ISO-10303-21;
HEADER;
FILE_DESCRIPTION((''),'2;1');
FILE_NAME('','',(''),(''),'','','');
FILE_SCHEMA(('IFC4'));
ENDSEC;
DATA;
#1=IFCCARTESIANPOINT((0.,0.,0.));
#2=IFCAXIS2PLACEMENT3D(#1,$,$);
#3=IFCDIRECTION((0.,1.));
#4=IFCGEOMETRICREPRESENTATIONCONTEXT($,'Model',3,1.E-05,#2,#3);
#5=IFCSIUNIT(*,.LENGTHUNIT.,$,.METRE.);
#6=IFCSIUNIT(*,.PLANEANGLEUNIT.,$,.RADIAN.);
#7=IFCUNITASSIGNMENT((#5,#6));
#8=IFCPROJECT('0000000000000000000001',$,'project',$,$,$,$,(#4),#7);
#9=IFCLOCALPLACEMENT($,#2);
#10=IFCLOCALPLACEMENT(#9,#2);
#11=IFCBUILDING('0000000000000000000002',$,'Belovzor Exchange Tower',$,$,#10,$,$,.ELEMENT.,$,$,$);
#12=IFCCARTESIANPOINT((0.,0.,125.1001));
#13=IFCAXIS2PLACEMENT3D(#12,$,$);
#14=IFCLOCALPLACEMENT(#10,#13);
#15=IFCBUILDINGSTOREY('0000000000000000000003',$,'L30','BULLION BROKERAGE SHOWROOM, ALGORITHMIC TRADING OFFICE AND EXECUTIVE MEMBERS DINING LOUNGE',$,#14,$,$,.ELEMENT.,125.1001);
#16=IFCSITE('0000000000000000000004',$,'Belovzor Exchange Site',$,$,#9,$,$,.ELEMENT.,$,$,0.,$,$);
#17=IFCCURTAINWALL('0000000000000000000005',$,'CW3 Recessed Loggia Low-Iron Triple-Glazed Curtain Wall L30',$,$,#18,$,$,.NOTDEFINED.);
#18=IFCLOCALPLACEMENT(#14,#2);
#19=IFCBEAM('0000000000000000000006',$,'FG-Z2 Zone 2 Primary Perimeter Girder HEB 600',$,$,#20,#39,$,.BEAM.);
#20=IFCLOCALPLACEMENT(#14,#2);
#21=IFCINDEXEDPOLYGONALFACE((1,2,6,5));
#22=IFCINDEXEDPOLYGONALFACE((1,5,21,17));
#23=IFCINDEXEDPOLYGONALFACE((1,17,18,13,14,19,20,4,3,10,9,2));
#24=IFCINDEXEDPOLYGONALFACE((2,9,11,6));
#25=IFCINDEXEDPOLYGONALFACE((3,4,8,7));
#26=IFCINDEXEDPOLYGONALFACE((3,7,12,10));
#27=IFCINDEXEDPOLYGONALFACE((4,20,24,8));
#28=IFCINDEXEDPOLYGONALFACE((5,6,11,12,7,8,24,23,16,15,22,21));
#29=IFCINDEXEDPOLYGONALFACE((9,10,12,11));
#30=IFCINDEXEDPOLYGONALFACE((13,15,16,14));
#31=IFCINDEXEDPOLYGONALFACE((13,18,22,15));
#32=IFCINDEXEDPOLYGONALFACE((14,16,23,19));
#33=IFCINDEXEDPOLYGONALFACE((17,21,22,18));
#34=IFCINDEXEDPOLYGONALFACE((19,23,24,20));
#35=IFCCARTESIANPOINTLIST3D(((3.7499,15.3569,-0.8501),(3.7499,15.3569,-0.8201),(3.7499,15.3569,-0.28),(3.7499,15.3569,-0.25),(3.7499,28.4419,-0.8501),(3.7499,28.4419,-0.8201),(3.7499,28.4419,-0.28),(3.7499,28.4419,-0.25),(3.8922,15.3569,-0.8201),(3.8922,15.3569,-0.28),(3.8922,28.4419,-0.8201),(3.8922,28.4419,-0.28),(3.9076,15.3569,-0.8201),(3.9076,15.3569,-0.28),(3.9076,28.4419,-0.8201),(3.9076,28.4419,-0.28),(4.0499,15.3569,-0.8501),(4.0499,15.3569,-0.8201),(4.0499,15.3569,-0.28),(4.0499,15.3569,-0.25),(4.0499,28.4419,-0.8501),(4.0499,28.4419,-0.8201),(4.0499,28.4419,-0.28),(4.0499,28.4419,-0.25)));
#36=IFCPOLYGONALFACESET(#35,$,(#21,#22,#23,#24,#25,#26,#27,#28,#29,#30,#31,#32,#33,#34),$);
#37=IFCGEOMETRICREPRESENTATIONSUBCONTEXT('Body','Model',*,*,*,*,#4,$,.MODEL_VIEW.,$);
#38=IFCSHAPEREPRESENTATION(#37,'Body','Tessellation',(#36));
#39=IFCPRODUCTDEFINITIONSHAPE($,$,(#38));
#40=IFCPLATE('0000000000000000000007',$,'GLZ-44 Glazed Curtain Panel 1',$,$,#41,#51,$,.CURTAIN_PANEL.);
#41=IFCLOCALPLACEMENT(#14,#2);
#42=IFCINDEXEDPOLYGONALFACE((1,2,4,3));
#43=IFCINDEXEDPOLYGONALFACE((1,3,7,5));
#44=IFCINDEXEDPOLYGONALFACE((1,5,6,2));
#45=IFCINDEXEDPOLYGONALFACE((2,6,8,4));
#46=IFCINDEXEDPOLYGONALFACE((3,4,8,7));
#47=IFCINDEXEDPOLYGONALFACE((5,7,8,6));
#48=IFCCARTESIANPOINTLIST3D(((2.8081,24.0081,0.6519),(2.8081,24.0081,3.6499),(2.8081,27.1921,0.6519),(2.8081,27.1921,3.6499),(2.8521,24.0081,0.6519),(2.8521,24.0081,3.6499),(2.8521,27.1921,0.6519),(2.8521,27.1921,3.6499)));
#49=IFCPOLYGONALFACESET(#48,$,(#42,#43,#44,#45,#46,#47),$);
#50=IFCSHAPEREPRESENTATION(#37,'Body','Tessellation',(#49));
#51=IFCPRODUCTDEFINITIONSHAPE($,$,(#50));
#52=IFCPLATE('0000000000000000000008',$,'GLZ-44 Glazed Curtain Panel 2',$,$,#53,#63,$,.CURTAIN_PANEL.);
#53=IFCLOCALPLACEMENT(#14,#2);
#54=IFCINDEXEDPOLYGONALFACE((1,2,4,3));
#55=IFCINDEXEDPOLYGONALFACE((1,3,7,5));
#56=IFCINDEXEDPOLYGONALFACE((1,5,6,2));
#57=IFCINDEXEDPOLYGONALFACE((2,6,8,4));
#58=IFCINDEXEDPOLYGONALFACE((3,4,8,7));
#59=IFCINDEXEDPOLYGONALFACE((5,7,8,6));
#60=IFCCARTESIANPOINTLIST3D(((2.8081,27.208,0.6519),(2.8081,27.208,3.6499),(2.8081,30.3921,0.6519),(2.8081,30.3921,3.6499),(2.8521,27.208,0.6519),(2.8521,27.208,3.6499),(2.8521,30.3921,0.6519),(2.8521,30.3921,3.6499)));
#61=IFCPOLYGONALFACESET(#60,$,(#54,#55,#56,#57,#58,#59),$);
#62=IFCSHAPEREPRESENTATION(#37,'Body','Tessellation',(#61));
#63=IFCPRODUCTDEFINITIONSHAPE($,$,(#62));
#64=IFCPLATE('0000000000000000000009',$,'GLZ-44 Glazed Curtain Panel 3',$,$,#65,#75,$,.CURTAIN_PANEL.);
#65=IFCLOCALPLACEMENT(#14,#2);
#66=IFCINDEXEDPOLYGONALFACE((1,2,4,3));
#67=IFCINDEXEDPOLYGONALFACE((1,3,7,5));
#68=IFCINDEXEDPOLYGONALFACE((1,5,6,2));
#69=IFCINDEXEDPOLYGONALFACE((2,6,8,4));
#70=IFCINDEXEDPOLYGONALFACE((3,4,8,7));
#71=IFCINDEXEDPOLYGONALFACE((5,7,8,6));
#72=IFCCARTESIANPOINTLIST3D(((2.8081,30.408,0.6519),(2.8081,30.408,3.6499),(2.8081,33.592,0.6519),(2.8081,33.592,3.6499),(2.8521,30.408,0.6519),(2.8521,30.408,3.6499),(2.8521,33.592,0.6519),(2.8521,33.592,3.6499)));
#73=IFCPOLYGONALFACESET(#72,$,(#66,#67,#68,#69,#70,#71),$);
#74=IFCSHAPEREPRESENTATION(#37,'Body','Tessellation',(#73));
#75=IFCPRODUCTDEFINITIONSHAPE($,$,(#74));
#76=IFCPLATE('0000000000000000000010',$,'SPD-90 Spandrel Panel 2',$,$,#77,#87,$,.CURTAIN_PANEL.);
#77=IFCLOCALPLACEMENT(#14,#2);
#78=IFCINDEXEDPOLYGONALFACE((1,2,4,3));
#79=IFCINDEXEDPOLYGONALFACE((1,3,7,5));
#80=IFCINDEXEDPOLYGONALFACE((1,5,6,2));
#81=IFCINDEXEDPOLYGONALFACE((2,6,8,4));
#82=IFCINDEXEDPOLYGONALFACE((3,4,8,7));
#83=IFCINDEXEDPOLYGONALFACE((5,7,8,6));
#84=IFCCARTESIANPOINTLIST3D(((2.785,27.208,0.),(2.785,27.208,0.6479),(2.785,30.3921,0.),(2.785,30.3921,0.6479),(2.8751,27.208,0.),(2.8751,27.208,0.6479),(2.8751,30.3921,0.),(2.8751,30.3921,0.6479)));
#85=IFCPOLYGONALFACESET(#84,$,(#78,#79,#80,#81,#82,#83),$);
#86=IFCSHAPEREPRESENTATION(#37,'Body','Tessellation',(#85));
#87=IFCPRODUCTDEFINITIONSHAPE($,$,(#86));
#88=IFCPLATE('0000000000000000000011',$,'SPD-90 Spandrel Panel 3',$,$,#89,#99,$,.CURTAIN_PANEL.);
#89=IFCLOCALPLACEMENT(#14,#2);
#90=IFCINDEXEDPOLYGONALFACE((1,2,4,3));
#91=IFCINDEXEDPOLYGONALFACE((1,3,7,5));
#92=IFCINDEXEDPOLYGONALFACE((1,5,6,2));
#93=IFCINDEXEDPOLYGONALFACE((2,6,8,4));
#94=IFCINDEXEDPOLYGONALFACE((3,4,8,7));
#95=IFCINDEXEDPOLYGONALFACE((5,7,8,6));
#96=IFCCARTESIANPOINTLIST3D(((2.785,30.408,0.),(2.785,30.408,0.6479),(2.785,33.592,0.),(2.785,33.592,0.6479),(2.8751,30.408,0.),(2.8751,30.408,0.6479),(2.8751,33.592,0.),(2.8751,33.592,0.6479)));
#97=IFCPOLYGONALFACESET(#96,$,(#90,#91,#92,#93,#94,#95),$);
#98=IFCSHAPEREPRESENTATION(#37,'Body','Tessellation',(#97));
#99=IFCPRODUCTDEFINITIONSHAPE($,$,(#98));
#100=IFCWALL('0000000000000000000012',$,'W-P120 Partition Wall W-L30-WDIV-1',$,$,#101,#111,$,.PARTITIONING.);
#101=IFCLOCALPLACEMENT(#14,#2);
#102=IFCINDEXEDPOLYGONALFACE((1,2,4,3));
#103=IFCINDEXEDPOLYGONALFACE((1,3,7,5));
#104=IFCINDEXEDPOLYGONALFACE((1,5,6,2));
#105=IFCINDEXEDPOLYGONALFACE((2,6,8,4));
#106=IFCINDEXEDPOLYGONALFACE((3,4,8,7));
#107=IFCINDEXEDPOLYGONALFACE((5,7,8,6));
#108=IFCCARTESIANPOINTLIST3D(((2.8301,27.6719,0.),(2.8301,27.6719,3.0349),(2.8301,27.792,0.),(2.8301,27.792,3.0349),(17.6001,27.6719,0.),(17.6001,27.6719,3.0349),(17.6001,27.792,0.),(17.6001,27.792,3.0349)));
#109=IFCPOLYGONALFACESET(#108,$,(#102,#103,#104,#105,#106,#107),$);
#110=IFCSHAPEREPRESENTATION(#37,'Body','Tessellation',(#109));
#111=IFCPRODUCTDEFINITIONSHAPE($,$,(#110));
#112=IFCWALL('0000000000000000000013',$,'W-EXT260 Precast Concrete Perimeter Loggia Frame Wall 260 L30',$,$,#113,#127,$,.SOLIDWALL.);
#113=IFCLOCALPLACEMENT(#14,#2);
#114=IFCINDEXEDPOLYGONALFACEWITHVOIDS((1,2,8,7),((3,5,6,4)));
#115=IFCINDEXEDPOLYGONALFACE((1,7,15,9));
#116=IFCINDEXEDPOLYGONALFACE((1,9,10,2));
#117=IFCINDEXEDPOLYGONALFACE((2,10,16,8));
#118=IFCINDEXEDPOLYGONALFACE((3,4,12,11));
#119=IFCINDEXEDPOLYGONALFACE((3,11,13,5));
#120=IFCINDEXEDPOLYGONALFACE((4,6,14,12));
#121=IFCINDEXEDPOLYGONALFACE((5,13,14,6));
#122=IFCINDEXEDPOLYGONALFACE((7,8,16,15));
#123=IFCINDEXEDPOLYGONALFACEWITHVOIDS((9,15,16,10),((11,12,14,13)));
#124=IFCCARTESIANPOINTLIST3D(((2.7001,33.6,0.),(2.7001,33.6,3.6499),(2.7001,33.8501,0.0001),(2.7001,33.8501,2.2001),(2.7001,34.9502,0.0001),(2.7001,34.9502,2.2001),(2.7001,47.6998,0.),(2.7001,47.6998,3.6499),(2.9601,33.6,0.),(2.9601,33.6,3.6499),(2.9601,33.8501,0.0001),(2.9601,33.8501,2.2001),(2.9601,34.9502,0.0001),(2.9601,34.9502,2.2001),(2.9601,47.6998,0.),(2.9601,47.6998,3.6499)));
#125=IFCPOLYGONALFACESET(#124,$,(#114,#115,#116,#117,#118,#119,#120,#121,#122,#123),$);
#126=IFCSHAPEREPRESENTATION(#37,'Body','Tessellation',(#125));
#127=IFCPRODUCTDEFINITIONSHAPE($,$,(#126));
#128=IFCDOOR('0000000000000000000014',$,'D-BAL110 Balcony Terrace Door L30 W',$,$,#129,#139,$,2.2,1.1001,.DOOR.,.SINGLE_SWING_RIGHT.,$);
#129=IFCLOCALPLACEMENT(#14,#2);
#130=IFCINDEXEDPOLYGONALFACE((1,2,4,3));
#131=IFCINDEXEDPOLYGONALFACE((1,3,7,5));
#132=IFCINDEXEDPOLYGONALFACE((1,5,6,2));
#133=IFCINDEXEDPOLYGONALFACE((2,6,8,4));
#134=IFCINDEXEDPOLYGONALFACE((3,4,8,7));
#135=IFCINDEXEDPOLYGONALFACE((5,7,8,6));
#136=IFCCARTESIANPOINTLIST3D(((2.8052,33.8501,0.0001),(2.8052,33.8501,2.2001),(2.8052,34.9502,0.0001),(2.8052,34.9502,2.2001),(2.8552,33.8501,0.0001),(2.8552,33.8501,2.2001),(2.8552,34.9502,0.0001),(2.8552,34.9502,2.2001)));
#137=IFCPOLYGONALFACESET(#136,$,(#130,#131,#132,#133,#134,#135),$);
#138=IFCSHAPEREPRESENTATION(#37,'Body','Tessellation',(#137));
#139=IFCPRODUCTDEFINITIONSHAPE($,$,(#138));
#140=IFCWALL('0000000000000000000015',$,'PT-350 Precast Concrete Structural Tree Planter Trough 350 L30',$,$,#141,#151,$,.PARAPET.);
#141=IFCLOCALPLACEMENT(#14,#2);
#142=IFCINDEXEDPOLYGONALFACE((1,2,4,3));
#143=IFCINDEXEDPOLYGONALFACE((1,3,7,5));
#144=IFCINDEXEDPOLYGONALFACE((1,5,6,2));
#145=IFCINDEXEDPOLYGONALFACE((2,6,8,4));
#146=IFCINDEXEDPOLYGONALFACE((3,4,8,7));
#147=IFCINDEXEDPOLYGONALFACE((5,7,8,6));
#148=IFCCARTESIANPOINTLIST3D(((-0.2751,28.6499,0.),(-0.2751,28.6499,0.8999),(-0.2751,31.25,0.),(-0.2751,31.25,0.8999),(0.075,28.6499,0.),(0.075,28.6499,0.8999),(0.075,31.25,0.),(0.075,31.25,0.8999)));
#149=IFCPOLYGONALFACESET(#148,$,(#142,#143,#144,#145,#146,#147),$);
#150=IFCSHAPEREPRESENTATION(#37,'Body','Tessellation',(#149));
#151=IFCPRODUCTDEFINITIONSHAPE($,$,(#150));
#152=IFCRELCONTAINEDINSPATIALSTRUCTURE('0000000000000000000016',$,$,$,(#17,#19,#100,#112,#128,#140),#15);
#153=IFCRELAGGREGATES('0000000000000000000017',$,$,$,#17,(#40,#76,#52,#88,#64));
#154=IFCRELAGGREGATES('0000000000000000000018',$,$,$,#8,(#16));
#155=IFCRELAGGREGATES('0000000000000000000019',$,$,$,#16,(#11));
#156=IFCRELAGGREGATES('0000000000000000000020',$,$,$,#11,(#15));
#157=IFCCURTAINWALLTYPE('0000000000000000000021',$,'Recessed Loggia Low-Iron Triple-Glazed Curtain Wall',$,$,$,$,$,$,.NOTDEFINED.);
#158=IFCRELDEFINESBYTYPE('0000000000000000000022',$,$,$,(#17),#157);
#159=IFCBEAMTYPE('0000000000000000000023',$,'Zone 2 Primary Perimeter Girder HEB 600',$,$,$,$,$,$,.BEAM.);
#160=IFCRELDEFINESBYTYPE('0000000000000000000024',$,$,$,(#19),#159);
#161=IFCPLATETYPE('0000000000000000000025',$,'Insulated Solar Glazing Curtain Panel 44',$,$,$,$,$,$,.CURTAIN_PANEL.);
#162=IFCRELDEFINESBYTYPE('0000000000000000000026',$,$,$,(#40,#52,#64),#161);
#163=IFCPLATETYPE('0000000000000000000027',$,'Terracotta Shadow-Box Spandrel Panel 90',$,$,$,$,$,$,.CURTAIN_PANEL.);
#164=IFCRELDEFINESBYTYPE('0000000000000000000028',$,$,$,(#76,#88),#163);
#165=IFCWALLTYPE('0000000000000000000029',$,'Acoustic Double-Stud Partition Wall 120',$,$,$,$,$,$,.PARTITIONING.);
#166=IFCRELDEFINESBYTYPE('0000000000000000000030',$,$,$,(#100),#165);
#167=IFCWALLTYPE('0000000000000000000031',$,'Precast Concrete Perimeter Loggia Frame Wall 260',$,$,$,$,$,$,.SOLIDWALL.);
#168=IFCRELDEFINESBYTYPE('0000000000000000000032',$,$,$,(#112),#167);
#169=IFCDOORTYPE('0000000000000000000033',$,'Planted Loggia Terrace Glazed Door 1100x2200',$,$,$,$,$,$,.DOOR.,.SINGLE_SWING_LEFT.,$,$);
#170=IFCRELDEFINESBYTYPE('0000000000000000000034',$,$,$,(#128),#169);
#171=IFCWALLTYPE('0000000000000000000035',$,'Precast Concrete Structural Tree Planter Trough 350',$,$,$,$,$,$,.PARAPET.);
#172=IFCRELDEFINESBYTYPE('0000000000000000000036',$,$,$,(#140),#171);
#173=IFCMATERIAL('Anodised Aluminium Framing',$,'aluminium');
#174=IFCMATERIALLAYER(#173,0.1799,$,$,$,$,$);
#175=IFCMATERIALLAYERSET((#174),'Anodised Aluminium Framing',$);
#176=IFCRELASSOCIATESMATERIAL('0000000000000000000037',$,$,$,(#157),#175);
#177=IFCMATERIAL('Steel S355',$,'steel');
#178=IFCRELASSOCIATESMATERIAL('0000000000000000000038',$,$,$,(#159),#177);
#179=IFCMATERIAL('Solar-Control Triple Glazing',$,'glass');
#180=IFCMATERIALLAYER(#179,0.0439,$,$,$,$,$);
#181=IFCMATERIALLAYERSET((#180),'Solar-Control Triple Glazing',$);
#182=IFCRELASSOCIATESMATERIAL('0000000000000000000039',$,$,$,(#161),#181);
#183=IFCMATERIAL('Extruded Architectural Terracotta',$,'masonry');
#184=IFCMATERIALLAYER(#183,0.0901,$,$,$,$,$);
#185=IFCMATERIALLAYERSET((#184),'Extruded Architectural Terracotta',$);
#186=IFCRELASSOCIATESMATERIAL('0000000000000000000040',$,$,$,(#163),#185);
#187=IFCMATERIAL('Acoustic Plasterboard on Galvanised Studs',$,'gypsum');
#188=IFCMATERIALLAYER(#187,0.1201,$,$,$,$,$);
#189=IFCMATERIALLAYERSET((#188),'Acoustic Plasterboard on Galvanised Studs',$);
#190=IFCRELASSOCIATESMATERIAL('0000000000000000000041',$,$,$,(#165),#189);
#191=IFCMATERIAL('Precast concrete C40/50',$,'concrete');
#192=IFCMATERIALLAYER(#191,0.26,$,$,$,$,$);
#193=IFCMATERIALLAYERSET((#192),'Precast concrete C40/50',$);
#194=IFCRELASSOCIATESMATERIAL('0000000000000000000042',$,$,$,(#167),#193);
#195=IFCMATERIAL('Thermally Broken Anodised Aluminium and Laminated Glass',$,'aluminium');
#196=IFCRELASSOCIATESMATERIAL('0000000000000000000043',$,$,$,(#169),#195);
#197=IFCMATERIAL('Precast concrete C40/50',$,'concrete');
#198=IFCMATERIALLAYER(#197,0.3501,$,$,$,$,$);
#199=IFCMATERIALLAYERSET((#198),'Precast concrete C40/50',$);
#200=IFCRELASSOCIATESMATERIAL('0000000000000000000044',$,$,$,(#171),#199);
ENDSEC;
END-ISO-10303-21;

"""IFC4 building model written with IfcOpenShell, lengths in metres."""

from ifc_helpers import new_model, si_unit, direction, frame, frame_2d, origin, origin_2d, place, context, subcontext, project, spatial, rectangle, i_section, extrude, material, layer, layer_set, material_profile, profile_set, type_object, element, fill, aggregate, save


model = new_model("IFC4")

# Units and contexts
model_context = context("Model", 3, precision=1e-05, world=origin(), true_north=direction((0.0, 1.0)))
body_context = subcontext(model_context, "Body", "Model", "MODEL_VIEW")
ifc_project = project(units=[si_unit("LENGTHUNIT", "METRE"), si_unit("PLANEANGLEUNIT", "RADIAN")], contexts=[model_context])

# Site, building, storey
site_placement = place(None, origin())
site = spatial("IfcSite", under=ifc_project, at=site_placement, Name="Belovzor Exchange Site", CompositionType="ELEMENT", RefElevation=0.0)
building_placement = place(site_placement, origin())
building = spatial("IfcBuilding", under=site, at=building_placement, Name="Belovzor Exchange Tower", CompositionType="ELEMENT")
storey_placement = place(building_placement, frame((0.0, 0.0, 125.1001)))
storey = spatial("IfcBuildingStorey", under=building, at=storey_placement, Name="L30", Description="BULLION BROKERAGE SHOWROOM, ALGORITHMIC TRADING OFFICE AND EXECUTIVE MEMBERS DINING LOUNGE", CompositionType="ELEMENT", Elevation=125.1001)

# Curtain wall
ifc_material_1 = material(Name="Anodised Aluminium Framing", Category="aluminium")
ifc_layer_1 = layer(ifc_material_1, 0.1799)
ifc_layer_set_1 = layer_set([ifc_layer_1], Name="Anodised Aluminium Framing")
curtain_wall_type = type_object("IfcCurtainWallType", Name="Recessed Loggia Low-Iron Triple-Glazed Curtain Wall", PredefinedType="NOTDEFINED", material=ifc_layer_set_1)
curtain_wall_placement = place(storey_placement, origin())
curtain_wall = element("IfcCurtainWall", 1, at=curtain_wall_placement, inside=storey, type_object=curtain_wall_type, Name="CW3 Recessed Loggia Low-Iron Triple-Glazed Curtain Wall L30", PredefinedType="NOTDEFINED")

# Beam
ifc_material_2 = material(Name="Steel S355", Category="steel")
ifc_material_profile_1 = material_profile(ifc_material_2, i_section(OverallWidth=0.3, OverallDepth=0.6001, WebThickness=0.0154, FlangeThickness=0.03, at=origin_2d()))
ifc_profile_set_1 = profile_set([ifc_material_profile_1], Name="Steel S355")
beam_type_1 = type_object("IfcBeamType", Name="Zone 2 Primary Perimeter Girder HEB 600", PredefinedType="BEAM", material=ifc_profile_set_1)
beam_1_placement = place(storey_placement, frame((3.8999, 28.4419, -0.55), z_axis=(0.0, -1.0, 0.0), x_axis=(1.0, 0.0, 0.0)))
element("IfcBeam", 2, at=beam_1_placement, inside=storey, type_object=beam_type_1, Name="FG-Z2 Zone 2 Primary Perimeter Girder HEB 600", PredefinedType="BEAM", context=body_context, shape_type="SweptSolid", body=[
    extrude(i_section(OverallWidth=0.3, OverallDepth=0.6001, WebThickness=0.0154, FlangeThickness=0.03, at=origin_2d()), origin(), (0.0, 0.0, 1.0), 13.085),
])

# Plates
ifc_material_3 = material(Name="Solar-Control Triple Glazing", Category="glass")
ifc_layer_2 = layer(ifc_material_3, 0.0439)
ifc_layer_set_2 = layer_set([ifc_layer_2], Name="Solar-Control Triple Glazing")
plate_type_1 = type_object("IfcPlateType", Name="Insulated Solar Glazing Curtain Panel 44", PredefinedType="CURTAIN_PANEL", material=ifc_layer_set_2)
plate_1_placement = place(storey_placement, frame((2.8301, 25.6001, 0.6519), z_axis=(0.0, 0.0, 1.0), x_axis=(0.0, 1.0, 0.0)))
plate_1 = element("IfcPlate", 3, at=plate_1_placement, type_object=plate_type_1, Name="GLZ-44 Glazed Curtain Panel 1", PredefinedType="CURTAIN_PANEL", context=body_context, shape_type="SweptSolid", body=[
    extrude(rectangle(XDim=3.1841, YDim=0.0439, at=origin_2d()), origin(), (0.0, 0.0, 1.0), 2.998),
])
plate_2_placement = place(storey_placement, frame((2.8301, 28.8, 0.6519), z_axis=(0.0, 0.0, 1.0), x_axis=(0.0, 1.0, 0.0)))
plate_2 = element("IfcPlate", 4, at=plate_2_placement, type_object=plate_type_1, Name="GLZ-44 Glazed Curtain Panel 2", PredefinedType="CURTAIN_PANEL", context=body_context, shape_type="SweptSolid", body=[
    extrude(rectangle(XDim=3.1841, YDim=0.0439, at=origin_2d()), origin(), (0.0, 0.0, 1.0), 2.998),
])
plate_3_placement = place(storey_placement, frame((2.8301, 32.0, 0.6519), z_axis=(0.0, 0.0, 1.0), x_axis=(0.0, 1.0, 0.0)))
plate_3 = element("IfcPlate", 5, at=plate_3_placement, type_object=plate_type_1, Name="GLZ-44 Glazed Curtain Panel 3", PredefinedType="CURTAIN_PANEL", context=body_context, shape_type="SweptSolid", body=[
    extrude(rectangle(XDim=3.1841, YDim=0.0439, at=origin_2d()), origin(), (0.0, 0.0, 1.0), 2.998),
])
ifc_material_4 = material(Name="Extruded Architectural Terracotta", Category="masonry")
ifc_layer_3 = layer(ifc_material_4, 0.0901)
ifc_layer_set_3 = layer_set([ifc_layer_3], Name="Extruded Architectural Terracotta")
plate_type_2 = type_object("IfcPlateType", Name="Terracotta Shadow-Box Spandrel Panel 90", PredefinedType="CURTAIN_PANEL", material=ifc_layer_set_3)
plate_4_placement = place(storey_placement, frame((2.8301, 28.8, 0.0), z_axis=(0.0, 0.0, 1.0), x_axis=(0.0, 1.0, 0.0)))
plate_4 = element("IfcPlate", 6, at=plate_4_placement, type_object=plate_type_2, Name="SPD-90 Spandrel Panel 2", PredefinedType="CURTAIN_PANEL", context=body_context, shape_type="SweptSolid", body=[
    extrude(rectangle(XDim=3.1841, YDim=0.0901, at=origin_2d()), origin(), (0.0, 0.0, 1.0), 0.6479),
])
plate_5_placement = place(storey_placement, frame((2.8301, 32.0, 0.0), z_axis=(0.0, 0.0, 1.0), x_axis=(0.0, 1.0, 0.0)))
plate_5 = element("IfcPlate", 7, at=plate_5_placement, type_object=plate_type_2, Name="SPD-90 Spandrel Panel 3", PredefinedType="CURTAIN_PANEL", context=body_context, shape_type="SweptSolid", body=[
    extrude(rectangle(XDim=3.1841, YDim=0.0901, at=origin_2d()), origin(), (0.0, 0.0, 1.0), 0.6479),
])
aggregate(curtain_wall, [plate_1, plate_4, plate_2, plate_5, plate_3])

# Wall
ifc_material_5 = material(Name="Acoustic Plasterboard on Galvanised Studs", Category="gypsum")
ifc_layer_4 = layer(ifc_material_5, 0.1201)
ifc_layer_set_4 = layer_set([ifc_layer_4], Name="Acoustic Plasterboard on Galvanised Studs")
wall_type_1 = type_object("IfcWallType", Name="Acoustic Double-Stud Partition Wall 120", PredefinedType="PARTITIONING", material=ifc_layer_set_4)
wall_1_placement = place(storey_placement, frame((2.8301, 27.7319, 0.0), z_axis=(0.0, 0.0, 1.0), x_axis=(1.0, 0.0, 0.0)))
element("IfcWall", 8, at=wall_1_placement, inside=storey, type_object=wall_type_1, Name="W-P120 Partition Wall W-L30-WDIV-1", PredefinedType="PARTITIONING", context=body_context, shape_type="SweptSolid", body=[
    extrude(rectangle(XDim=14.77, YDim=0.1201, at=frame_2d((7.385, 0.0))), origin(), (0.0, 0.0, 1.0), 3.0349),
])

# Wall, opening, door
ifc_material_6 = material(Name="Precast concrete C40/50", Category="concrete")
ifc_layer_5 = layer(ifc_material_6, 0.26)
ifc_layer_set_5 = layer_set([ifc_layer_5], Name="Precast concrete C40/50")
wall_type_2 = type_object("IfcWallType", Name="Precast Concrete Perimeter Loggia Frame Wall 260", PredefinedType="SOLIDWALL", material=ifc_layer_set_5)
wall_2_placement = place(storey_placement, frame((2.8301, 33.6001, 0.0), z_axis=(0.0, 0.0, 1.0), x_axis=(0.0, 1.0, 0.0)))
wall_2 = element("IfcWall", 9, at=wall_2_placement, inside=storey, type_object=wall_type_2, Name="W-EXT260 Precast Concrete Perimeter Loggia Frame Wall 260 L30", PredefinedType="SOLIDWALL", context=body_context, shape_type="SweptSolid", body=[
    extrude(rectangle(XDim=14.0999, YDim=0.26, at=frame_2d((7.0498, 0.0))), origin(), (0.0, 0.0, 1.0), 3.6499),
])
opening_placement = place(wall_2_placement, frame((0.25, 0.0, 0.0)))
opening = element("IfcOpeningElement", 10, at=opening_placement, cuts=wall_2, PredefinedType="OPENING", context=body_context, shape_type="SweptSolid", body=[
    extrude(rectangle(XDim=1.1001, YDim=2.2, at=frame_2d((0.55, 1.1001))), frame((0.0, 0.1399, 0.0), z_axis=(0.0, -1.0, 0.0), x_axis=(1.0, 0.0, 0.0)), (0.0, 0.0, 1.0), 0.28),
])
ifc_material_7 = material(Name="Thermally Broken Anodised Aluminium and Laminated Glass", Category="aluminium")
door_type = type_object("IfcDoorType", Name="Planted Loggia Terrace Glazed Door 1100x2200", OperationType="SINGLE_SWING_LEFT", PredefinedType="DOOR", material=ifc_material_7)
door_placement = place(opening_placement, origin())
door = element("IfcDoor", 11, at=door_placement, inside=storey, type_object=door_type, Name="D-BAL110 Balcony Terrace Door L30 W", OperationType="SINGLE_SWING_RIGHT", OverallHeight=2.2, OverallWidth=1.1001, PredefinedType="DOOR", context=body_context, shape_type="SweptSolid", body=[
    extrude(rectangle(XDim=1.1001, YDim=2.2, at=frame_2d((0.55, 1.1001))), frame((0.0, 0.0249, 0.0), z_axis=(0.0, -1.0, 0.0), x_axis=(1.0, 0.0, 0.0)), (0.0, 0.0, 1.0), 0.05),
])
fill(opening, door)

# Wall
ifc_material_8 = material(Name="Precast concrete C40/50", Category="concrete")
ifc_layer_6 = layer(ifc_material_8, 0.3501)
ifc_layer_set_6 = layer_set([ifc_layer_6], Name="Precast concrete C40/50")
wall_type_3 = type_object("IfcWallType", Name="Precast Concrete Structural Tree Planter Trough 350", PredefinedType="PARAPET", material=ifc_layer_set_6)
wall_3_placement = place(storey_placement, frame((-0.1001, 28.6499, 0.0), z_axis=(0.0, 0.0, 1.0), x_axis=(0.0, 1.0, 0.0)))
element("IfcWall", 12, at=wall_3_placement, inside=storey, type_object=wall_type_3, Name="PT-350 Precast Concrete Structural Tree Planter Trough 350 L30", PredefinedType="PARAPET", context=body_context, shape_type="SweptSolid", body=[
    extrude(rectangle(XDim=2.6001, YDim=0.3501, at=frame_2d((1.3, 0.0))), origin(), (0.0, 0.0, 1.0), 0.8999),
])

save(model, "model.ifc")
